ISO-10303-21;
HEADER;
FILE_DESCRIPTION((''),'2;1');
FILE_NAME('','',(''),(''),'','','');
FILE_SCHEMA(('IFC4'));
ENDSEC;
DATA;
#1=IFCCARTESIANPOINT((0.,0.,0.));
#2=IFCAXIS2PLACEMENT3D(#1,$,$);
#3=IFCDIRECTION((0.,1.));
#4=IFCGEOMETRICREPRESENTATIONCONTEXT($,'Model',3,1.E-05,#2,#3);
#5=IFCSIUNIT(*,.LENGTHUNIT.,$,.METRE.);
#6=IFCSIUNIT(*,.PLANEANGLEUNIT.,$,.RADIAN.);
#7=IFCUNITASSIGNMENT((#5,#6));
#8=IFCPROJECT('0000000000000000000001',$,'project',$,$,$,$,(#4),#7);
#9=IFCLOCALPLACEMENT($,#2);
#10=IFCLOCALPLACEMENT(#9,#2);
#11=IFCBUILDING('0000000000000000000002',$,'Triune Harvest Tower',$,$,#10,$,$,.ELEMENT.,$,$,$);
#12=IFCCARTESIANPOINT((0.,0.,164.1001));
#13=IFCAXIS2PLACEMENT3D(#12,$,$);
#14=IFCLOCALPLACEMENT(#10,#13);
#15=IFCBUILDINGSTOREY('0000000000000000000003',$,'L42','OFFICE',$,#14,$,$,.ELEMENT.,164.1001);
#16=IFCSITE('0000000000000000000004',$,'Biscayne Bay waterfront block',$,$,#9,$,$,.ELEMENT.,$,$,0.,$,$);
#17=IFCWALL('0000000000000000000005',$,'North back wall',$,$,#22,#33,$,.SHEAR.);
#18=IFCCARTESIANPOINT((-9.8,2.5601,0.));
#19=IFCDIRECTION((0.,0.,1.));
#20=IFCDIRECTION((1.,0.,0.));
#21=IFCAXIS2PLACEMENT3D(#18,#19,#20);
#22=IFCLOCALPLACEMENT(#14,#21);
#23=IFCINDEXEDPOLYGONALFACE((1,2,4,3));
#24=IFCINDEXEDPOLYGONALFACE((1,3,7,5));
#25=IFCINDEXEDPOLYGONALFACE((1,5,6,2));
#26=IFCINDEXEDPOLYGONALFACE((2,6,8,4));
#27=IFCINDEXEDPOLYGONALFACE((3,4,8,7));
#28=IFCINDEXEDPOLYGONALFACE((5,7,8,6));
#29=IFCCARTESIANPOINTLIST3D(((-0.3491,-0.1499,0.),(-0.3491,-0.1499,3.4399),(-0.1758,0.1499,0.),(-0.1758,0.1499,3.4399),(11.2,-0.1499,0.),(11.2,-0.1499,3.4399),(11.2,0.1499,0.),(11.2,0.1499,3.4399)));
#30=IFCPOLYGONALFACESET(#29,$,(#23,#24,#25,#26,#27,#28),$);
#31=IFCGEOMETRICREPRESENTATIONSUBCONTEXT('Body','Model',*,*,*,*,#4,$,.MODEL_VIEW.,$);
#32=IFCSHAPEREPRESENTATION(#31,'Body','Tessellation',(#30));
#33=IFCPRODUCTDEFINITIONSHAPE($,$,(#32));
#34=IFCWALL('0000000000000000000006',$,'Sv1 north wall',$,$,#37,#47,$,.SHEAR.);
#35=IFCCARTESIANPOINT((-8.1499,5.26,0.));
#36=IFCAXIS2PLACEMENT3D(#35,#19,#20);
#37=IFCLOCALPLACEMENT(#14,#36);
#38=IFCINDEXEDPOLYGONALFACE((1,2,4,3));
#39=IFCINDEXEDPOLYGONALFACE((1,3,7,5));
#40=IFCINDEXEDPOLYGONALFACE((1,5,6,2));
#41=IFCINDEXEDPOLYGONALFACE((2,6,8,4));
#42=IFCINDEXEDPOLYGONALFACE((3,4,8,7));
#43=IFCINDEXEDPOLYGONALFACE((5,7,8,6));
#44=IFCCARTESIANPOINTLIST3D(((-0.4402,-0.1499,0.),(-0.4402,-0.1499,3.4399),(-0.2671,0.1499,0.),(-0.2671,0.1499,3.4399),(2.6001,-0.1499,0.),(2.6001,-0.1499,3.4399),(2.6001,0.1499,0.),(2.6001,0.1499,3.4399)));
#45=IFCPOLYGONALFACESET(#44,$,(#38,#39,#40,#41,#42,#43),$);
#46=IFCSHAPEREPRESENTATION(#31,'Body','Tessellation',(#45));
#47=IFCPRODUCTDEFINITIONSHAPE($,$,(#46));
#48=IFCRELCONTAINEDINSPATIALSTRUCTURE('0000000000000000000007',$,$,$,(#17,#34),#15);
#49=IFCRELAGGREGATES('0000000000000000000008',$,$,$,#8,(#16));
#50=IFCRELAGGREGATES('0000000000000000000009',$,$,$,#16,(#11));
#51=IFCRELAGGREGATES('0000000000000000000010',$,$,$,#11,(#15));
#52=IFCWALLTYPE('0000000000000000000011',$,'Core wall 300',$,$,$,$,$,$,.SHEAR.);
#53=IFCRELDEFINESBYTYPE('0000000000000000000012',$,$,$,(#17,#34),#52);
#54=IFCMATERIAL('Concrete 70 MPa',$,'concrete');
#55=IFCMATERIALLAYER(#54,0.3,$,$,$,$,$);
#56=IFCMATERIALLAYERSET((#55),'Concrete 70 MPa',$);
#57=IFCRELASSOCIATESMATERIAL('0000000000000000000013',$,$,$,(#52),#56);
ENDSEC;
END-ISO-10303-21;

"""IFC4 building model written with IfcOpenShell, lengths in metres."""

from ifc_helpers import new_model, si_unit, direction, frame, origin, place, context, subcontext, project, spatial, polyline, outline, extrude, source, transform, mapped, material, layer, layer_set, type_object, element, save


model = new_model("IFC4")

# Units and contexts
model_context = context("Model", 3, precision=1e-05, world=origin(), true_north=direction((0.0, 1.0)))
body_context = subcontext(model_context, "Body", "Model", "MODEL_VIEW")
ifc_project = project(units=[si_unit("LENGTHUNIT", "METRE"), si_unit("PLANEANGLEUNIT", "RADIAN")], contexts=[model_context])

# Site, building, storey
site_placement = place(None, origin())
site = spatial("IfcSite", under=ifc_project, at=site_placement, Name="Biscayne Bay waterfront block", CompositionType="ELEMENT", RefElevation=0.0)
building_placement = place(site_placement, origin())
building = spatial("IfcBuilding", under=site, at=building_placement, Name="Triune Harvest Tower", CompositionType="ELEMENT")
storey_placement = place(building_placement, frame((0.0, 0.0, 164.1001)))
storey = spatial("IfcBuildingStorey", under=building, at=storey_placement, Name="L42", Description="OFFICE", CompositionType="ELEMENT", Elevation=164.1001)

# Wall
ifc_material_1 = material(Name="Concrete 70 MPa", Category="concrete")
ifc_layer_1 = layer(ifc_material_1, 0.3)
ifc_layer_set_1 = layer_set([ifc_layer_1], Name="Concrete 70 MPa")
wall_type_1 = type_object("IfcWallType", Name="Core wall 300", PredefinedType="SHEAR", material=ifc_layer_set_1)
shared_shape_1 = source(origin(), body_context, "Body", "SweptSolid", [
    extrude(outline(polyline([(11.2, -0.1499), (-0.3491, -0.1499), (-0.1758, 0.1499), (11.2, 0.1499), (11.2, -0.1499)])), origin(), (0.0, 0.0, 1.0), 3.4399),
])
wall_1_placement = place(storey_placement, frame((-9.8, 2.5601, 0.0), z_axis=(0.0, 0.0, 1.0), x_axis=(1.0, 0.0, 0.0)))
element("IfcWall", 1, at=wall_1_placement, inside=storey, type_object=wall_type_1, Name="North back wall", PredefinedType="SHEAR", context=body_context, shape_type="MappedRepresentation", body=[
    mapped(shared_shape_1, transform((0.0, 0.0, 0.0), scale=1.0)),
])

# Wall
shared_shape_2 = source(origin(), body_context, "Body", "SweptSolid", [
    extrude(outline(polyline([(2.6001, -0.1499), (-0.4402, -0.1499), (-0.2671, 0.1499), (2.6001, 0.1499), (2.6001, -0.1499)])), origin(), (0.0, 0.0, 1.0), 3.4399),
])
wall_2_placement = place(storey_placement, frame((-8.1499, 5.26, 0.0), z_axis=(0.0, 0.0, 1.0), x_axis=(1.0, 0.0, 0.0)))
element("IfcWall", 2, at=wall_2_placement, inside=storey, type_object=wall_type_1, Name="Sv1 north wall", PredefinedType="SHEAR", context=body_context, shape_type="MappedRepresentation", body=[
    mapped(shared_shape_2, transform((0.0, 0.0, 0.0), scale=1.0)),
])

save(model, "model.ifc")
